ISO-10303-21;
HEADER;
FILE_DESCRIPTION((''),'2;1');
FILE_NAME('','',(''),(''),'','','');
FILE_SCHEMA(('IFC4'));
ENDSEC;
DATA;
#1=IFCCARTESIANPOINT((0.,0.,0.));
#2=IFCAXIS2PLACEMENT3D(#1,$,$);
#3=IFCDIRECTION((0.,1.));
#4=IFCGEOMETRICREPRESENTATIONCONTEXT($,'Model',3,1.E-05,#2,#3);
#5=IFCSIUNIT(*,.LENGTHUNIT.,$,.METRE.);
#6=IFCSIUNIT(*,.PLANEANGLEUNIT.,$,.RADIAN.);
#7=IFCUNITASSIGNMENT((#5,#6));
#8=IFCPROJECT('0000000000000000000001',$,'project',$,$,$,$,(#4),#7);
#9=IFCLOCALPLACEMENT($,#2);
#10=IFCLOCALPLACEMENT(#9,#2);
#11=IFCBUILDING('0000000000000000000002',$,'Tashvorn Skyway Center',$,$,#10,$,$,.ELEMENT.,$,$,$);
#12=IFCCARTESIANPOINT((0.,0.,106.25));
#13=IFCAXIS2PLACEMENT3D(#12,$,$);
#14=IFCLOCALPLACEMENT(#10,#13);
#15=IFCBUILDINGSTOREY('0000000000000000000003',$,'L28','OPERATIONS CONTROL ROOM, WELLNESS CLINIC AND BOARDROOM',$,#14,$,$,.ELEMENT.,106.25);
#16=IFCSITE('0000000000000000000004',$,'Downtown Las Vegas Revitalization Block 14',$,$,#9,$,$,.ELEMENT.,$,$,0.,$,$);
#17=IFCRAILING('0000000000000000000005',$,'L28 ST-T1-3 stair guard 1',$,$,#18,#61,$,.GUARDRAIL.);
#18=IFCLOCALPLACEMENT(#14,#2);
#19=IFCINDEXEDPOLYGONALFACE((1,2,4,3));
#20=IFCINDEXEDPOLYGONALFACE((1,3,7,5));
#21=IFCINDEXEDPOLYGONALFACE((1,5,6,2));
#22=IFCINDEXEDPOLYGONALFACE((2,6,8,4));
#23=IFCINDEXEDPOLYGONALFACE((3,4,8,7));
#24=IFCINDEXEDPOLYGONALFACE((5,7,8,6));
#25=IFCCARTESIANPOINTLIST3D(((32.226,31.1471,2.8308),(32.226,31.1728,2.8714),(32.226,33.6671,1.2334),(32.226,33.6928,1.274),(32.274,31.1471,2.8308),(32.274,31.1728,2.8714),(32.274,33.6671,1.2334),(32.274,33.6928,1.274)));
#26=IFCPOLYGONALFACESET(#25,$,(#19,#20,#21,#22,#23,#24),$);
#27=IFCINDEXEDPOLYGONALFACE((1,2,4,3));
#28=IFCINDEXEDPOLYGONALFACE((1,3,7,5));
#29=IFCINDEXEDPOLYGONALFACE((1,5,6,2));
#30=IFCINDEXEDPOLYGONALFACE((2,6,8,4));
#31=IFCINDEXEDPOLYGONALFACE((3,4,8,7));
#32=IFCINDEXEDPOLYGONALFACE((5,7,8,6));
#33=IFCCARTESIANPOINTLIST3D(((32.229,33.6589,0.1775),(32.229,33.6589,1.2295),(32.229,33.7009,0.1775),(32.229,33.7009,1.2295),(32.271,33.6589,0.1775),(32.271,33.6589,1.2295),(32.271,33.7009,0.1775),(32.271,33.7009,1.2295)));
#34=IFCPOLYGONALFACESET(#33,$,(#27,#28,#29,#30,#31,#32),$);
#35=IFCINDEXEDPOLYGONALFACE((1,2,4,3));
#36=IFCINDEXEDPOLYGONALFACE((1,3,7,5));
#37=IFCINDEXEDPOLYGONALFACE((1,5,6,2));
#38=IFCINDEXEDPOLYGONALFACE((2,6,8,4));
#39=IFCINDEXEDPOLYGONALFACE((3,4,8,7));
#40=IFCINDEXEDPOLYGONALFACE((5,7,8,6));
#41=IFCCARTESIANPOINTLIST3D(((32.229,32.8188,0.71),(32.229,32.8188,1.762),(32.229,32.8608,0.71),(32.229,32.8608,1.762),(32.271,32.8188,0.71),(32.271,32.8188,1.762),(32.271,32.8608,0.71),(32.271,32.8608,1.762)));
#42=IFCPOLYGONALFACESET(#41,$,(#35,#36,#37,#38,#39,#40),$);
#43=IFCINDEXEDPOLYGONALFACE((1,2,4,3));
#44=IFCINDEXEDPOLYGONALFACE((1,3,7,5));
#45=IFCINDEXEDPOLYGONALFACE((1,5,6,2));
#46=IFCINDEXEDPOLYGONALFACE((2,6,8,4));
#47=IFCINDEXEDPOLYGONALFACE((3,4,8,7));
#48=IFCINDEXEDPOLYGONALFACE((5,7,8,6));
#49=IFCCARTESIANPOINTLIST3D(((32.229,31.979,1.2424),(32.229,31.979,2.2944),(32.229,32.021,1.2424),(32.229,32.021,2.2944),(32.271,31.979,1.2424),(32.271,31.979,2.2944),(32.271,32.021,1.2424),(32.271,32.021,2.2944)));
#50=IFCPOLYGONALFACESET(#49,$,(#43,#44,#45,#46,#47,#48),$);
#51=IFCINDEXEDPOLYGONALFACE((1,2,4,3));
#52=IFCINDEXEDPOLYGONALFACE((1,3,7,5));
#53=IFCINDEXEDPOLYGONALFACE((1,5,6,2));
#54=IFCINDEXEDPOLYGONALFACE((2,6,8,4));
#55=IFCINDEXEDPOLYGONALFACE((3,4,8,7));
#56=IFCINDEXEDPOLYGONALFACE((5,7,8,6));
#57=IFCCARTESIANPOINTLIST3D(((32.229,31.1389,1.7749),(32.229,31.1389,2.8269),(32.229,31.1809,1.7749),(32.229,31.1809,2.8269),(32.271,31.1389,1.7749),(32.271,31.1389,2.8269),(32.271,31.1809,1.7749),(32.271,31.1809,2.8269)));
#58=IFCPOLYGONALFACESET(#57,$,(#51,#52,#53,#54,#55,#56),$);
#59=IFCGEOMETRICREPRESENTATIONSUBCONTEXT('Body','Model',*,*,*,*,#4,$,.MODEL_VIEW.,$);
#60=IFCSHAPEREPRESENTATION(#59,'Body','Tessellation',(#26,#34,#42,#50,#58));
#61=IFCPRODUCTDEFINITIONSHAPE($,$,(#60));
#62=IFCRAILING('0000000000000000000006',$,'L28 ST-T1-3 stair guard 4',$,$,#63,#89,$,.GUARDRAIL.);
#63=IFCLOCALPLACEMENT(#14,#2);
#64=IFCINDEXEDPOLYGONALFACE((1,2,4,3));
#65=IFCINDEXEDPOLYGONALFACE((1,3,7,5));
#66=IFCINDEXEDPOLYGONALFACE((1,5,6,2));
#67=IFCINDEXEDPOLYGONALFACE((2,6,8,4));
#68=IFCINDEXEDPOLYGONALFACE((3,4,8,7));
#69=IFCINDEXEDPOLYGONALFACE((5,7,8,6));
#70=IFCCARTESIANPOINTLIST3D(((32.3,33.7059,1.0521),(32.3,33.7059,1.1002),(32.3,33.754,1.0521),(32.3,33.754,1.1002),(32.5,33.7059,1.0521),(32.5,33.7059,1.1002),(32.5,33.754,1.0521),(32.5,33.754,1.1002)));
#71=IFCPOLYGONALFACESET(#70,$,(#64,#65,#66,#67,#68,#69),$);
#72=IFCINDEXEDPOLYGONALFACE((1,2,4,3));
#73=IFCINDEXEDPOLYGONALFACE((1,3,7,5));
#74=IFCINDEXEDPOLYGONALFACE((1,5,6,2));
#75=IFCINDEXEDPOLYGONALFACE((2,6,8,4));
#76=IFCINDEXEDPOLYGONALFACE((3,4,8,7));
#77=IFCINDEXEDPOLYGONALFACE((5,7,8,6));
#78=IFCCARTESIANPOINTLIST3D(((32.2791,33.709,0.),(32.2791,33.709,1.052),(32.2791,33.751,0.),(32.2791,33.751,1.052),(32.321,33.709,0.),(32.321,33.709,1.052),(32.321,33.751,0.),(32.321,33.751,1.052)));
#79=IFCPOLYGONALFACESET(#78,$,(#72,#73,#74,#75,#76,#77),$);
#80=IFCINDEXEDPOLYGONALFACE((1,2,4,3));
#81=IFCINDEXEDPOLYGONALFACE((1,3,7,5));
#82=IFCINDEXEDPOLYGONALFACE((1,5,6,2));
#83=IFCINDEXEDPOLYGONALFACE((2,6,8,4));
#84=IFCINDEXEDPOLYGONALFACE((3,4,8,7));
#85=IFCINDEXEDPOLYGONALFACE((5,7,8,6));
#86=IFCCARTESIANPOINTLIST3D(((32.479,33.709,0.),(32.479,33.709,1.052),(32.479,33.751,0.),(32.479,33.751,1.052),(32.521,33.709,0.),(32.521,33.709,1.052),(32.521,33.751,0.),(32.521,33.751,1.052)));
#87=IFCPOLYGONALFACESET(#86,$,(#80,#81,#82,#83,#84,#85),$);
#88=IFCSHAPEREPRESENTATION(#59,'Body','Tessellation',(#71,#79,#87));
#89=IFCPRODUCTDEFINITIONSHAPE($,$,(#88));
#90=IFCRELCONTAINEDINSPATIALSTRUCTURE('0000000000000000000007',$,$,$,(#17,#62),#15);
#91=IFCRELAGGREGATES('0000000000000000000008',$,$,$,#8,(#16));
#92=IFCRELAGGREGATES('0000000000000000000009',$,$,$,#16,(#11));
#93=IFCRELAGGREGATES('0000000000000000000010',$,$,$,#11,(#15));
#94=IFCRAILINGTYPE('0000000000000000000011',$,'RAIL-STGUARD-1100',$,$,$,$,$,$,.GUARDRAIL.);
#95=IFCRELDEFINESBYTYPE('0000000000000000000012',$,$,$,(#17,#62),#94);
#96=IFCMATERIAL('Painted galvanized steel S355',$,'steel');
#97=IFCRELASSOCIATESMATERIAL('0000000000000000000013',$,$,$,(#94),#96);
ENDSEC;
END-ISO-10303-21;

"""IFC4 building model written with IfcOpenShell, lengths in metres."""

from ifc_helpers import new_model, si_unit, direction, frame, origin, origin_2d, place, context, subcontext, project, spatial, rectangle, extrude, material, type_object, element, save


model = new_model("IFC4")

# Units and contexts
model_context = context("Model", 3, precision=1e-05, world=origin(), true_north=direction((0.0, 1.0)))
body_context = subcontext(model_context, "Body", "Model", "MODEL_VIEW")
ifc_project = project(units=[si_unit("LENGTHUNIT", "METRE"), si_unit("PLANEANGLEUNIT", "RADIAN")], contexts=[model_context])

# Site, building, storey
site_placement = place(None, origin())
site = spatial("IfcSite", under=ifc_project, at=site_placement, Name="Downtown Las Vegas Revitalization Block 14", CompositionType="ELEMENT", RefElevation=0.0)
building_placement = place(site_placement, origin())
building = spatial("IfcBuilding", under=site, at=building_placement, Name="Tashvorn Skyway Center", CompositionType="ELEMENT")
storey_placement = place(building_placement, frame((0.0, 0.0, 106.25)))
storey = spatial("IfcBuildingStorey", under=building, at=storey_placement, Name="L28", Description="OPERATIONS CONTROL ROOM, WELLNESS CLINIC AND BOARDROOM", CompositionType="ELEMENT", Elevation=106.25)

# Railings
ifc_material_1 = material(Name="Painted galvanized steel S355", Category="steel")
railing_type_1 = type_object("IfcRailingType", Name="RAIL-STGUARD-1100", PredefinedType="GUARDRAIL", material=ifc_material_1)
railing_1_placement = place(storey_placement, frame((32.25, 33.6799, 0.1775)))
element("IfcRailing", 1, at=railing_1_placement, inside=storey, type_object=railing_type_1, Name="L28 ST-T1-3 stair guard 1", PredefinedType="GUARDRAIL", context=body_context, shape_type="SweptSolid", body=[
    extrude(rectangle(XDim=0.0481, YDim=0.0481, at=origin_2d()), frame((0.0, 0.0, 1.0762), z_axis=(0.0, -0.844607, 0.535387), x_axis=(1.0, 0.0, 0.0)), (0.0, 0.0, 1.0), 2.9836),
    extrude(rectangle(XDim=0.042, YDim=0.042, at=origin_2d()), origin(), (0.0, 0.0, 1.0), 1.052),
    extrude(rectangle(XDim=0.042, YDim=0.042, at=origin_2d()), frame((0.0, -0.8401, 0.5325)), (0.0, 0.0, 1.0), 1.052),
    extrude(rectangle(XDim=0.042, YDim=0.042, at=origin_2d()), frame((0.0, -1.6799, 1.0649)), (0.0, 0.0, 1.0), 1.052),
    extrude(rectangle(XDim=0.042, YDim=0.042, at=origin_2d()), frame((0.0, -2.52, 1.5974)), (0.0, 0.0, 1.0), 1.052),
])
railing_2_placement = place(storey_placement, frame((32.3, 33.73, 0.0)))
element("IfcRailing", 2, at=railing_2_placement, inside=storey, type_object=railing_type_1, Name="L28 ST-T1-3 stair guard 4", PredefinedType="GUARDRAIL", context=body_context, shape_type="SweptSolid", body=[
    extrude(rectangle(XDim=0.0481, YDim=0.0481, at=origin_2d()), frame((0.0, 0.0, 1.0762), z_axis=(1.0, 0.0, 0.0), x_axis=(0.0, 1.0, 0.0)), (0.0, 0.0, 1.0), 0.2),
    extrude(rectangle(XDim=0.042, YDim=0.042, at=origin_2d()), origin(), (0.0, 0.0, 1.0), 1.052),
    extrude(rectangle(XDim=0.042, YDim=0.042, at=origin_2d()), frame((0.2, 0.0, 0.0)), (0.0, 0.0, 1.0), 1.052),
])

save(model, "model.ifc")
